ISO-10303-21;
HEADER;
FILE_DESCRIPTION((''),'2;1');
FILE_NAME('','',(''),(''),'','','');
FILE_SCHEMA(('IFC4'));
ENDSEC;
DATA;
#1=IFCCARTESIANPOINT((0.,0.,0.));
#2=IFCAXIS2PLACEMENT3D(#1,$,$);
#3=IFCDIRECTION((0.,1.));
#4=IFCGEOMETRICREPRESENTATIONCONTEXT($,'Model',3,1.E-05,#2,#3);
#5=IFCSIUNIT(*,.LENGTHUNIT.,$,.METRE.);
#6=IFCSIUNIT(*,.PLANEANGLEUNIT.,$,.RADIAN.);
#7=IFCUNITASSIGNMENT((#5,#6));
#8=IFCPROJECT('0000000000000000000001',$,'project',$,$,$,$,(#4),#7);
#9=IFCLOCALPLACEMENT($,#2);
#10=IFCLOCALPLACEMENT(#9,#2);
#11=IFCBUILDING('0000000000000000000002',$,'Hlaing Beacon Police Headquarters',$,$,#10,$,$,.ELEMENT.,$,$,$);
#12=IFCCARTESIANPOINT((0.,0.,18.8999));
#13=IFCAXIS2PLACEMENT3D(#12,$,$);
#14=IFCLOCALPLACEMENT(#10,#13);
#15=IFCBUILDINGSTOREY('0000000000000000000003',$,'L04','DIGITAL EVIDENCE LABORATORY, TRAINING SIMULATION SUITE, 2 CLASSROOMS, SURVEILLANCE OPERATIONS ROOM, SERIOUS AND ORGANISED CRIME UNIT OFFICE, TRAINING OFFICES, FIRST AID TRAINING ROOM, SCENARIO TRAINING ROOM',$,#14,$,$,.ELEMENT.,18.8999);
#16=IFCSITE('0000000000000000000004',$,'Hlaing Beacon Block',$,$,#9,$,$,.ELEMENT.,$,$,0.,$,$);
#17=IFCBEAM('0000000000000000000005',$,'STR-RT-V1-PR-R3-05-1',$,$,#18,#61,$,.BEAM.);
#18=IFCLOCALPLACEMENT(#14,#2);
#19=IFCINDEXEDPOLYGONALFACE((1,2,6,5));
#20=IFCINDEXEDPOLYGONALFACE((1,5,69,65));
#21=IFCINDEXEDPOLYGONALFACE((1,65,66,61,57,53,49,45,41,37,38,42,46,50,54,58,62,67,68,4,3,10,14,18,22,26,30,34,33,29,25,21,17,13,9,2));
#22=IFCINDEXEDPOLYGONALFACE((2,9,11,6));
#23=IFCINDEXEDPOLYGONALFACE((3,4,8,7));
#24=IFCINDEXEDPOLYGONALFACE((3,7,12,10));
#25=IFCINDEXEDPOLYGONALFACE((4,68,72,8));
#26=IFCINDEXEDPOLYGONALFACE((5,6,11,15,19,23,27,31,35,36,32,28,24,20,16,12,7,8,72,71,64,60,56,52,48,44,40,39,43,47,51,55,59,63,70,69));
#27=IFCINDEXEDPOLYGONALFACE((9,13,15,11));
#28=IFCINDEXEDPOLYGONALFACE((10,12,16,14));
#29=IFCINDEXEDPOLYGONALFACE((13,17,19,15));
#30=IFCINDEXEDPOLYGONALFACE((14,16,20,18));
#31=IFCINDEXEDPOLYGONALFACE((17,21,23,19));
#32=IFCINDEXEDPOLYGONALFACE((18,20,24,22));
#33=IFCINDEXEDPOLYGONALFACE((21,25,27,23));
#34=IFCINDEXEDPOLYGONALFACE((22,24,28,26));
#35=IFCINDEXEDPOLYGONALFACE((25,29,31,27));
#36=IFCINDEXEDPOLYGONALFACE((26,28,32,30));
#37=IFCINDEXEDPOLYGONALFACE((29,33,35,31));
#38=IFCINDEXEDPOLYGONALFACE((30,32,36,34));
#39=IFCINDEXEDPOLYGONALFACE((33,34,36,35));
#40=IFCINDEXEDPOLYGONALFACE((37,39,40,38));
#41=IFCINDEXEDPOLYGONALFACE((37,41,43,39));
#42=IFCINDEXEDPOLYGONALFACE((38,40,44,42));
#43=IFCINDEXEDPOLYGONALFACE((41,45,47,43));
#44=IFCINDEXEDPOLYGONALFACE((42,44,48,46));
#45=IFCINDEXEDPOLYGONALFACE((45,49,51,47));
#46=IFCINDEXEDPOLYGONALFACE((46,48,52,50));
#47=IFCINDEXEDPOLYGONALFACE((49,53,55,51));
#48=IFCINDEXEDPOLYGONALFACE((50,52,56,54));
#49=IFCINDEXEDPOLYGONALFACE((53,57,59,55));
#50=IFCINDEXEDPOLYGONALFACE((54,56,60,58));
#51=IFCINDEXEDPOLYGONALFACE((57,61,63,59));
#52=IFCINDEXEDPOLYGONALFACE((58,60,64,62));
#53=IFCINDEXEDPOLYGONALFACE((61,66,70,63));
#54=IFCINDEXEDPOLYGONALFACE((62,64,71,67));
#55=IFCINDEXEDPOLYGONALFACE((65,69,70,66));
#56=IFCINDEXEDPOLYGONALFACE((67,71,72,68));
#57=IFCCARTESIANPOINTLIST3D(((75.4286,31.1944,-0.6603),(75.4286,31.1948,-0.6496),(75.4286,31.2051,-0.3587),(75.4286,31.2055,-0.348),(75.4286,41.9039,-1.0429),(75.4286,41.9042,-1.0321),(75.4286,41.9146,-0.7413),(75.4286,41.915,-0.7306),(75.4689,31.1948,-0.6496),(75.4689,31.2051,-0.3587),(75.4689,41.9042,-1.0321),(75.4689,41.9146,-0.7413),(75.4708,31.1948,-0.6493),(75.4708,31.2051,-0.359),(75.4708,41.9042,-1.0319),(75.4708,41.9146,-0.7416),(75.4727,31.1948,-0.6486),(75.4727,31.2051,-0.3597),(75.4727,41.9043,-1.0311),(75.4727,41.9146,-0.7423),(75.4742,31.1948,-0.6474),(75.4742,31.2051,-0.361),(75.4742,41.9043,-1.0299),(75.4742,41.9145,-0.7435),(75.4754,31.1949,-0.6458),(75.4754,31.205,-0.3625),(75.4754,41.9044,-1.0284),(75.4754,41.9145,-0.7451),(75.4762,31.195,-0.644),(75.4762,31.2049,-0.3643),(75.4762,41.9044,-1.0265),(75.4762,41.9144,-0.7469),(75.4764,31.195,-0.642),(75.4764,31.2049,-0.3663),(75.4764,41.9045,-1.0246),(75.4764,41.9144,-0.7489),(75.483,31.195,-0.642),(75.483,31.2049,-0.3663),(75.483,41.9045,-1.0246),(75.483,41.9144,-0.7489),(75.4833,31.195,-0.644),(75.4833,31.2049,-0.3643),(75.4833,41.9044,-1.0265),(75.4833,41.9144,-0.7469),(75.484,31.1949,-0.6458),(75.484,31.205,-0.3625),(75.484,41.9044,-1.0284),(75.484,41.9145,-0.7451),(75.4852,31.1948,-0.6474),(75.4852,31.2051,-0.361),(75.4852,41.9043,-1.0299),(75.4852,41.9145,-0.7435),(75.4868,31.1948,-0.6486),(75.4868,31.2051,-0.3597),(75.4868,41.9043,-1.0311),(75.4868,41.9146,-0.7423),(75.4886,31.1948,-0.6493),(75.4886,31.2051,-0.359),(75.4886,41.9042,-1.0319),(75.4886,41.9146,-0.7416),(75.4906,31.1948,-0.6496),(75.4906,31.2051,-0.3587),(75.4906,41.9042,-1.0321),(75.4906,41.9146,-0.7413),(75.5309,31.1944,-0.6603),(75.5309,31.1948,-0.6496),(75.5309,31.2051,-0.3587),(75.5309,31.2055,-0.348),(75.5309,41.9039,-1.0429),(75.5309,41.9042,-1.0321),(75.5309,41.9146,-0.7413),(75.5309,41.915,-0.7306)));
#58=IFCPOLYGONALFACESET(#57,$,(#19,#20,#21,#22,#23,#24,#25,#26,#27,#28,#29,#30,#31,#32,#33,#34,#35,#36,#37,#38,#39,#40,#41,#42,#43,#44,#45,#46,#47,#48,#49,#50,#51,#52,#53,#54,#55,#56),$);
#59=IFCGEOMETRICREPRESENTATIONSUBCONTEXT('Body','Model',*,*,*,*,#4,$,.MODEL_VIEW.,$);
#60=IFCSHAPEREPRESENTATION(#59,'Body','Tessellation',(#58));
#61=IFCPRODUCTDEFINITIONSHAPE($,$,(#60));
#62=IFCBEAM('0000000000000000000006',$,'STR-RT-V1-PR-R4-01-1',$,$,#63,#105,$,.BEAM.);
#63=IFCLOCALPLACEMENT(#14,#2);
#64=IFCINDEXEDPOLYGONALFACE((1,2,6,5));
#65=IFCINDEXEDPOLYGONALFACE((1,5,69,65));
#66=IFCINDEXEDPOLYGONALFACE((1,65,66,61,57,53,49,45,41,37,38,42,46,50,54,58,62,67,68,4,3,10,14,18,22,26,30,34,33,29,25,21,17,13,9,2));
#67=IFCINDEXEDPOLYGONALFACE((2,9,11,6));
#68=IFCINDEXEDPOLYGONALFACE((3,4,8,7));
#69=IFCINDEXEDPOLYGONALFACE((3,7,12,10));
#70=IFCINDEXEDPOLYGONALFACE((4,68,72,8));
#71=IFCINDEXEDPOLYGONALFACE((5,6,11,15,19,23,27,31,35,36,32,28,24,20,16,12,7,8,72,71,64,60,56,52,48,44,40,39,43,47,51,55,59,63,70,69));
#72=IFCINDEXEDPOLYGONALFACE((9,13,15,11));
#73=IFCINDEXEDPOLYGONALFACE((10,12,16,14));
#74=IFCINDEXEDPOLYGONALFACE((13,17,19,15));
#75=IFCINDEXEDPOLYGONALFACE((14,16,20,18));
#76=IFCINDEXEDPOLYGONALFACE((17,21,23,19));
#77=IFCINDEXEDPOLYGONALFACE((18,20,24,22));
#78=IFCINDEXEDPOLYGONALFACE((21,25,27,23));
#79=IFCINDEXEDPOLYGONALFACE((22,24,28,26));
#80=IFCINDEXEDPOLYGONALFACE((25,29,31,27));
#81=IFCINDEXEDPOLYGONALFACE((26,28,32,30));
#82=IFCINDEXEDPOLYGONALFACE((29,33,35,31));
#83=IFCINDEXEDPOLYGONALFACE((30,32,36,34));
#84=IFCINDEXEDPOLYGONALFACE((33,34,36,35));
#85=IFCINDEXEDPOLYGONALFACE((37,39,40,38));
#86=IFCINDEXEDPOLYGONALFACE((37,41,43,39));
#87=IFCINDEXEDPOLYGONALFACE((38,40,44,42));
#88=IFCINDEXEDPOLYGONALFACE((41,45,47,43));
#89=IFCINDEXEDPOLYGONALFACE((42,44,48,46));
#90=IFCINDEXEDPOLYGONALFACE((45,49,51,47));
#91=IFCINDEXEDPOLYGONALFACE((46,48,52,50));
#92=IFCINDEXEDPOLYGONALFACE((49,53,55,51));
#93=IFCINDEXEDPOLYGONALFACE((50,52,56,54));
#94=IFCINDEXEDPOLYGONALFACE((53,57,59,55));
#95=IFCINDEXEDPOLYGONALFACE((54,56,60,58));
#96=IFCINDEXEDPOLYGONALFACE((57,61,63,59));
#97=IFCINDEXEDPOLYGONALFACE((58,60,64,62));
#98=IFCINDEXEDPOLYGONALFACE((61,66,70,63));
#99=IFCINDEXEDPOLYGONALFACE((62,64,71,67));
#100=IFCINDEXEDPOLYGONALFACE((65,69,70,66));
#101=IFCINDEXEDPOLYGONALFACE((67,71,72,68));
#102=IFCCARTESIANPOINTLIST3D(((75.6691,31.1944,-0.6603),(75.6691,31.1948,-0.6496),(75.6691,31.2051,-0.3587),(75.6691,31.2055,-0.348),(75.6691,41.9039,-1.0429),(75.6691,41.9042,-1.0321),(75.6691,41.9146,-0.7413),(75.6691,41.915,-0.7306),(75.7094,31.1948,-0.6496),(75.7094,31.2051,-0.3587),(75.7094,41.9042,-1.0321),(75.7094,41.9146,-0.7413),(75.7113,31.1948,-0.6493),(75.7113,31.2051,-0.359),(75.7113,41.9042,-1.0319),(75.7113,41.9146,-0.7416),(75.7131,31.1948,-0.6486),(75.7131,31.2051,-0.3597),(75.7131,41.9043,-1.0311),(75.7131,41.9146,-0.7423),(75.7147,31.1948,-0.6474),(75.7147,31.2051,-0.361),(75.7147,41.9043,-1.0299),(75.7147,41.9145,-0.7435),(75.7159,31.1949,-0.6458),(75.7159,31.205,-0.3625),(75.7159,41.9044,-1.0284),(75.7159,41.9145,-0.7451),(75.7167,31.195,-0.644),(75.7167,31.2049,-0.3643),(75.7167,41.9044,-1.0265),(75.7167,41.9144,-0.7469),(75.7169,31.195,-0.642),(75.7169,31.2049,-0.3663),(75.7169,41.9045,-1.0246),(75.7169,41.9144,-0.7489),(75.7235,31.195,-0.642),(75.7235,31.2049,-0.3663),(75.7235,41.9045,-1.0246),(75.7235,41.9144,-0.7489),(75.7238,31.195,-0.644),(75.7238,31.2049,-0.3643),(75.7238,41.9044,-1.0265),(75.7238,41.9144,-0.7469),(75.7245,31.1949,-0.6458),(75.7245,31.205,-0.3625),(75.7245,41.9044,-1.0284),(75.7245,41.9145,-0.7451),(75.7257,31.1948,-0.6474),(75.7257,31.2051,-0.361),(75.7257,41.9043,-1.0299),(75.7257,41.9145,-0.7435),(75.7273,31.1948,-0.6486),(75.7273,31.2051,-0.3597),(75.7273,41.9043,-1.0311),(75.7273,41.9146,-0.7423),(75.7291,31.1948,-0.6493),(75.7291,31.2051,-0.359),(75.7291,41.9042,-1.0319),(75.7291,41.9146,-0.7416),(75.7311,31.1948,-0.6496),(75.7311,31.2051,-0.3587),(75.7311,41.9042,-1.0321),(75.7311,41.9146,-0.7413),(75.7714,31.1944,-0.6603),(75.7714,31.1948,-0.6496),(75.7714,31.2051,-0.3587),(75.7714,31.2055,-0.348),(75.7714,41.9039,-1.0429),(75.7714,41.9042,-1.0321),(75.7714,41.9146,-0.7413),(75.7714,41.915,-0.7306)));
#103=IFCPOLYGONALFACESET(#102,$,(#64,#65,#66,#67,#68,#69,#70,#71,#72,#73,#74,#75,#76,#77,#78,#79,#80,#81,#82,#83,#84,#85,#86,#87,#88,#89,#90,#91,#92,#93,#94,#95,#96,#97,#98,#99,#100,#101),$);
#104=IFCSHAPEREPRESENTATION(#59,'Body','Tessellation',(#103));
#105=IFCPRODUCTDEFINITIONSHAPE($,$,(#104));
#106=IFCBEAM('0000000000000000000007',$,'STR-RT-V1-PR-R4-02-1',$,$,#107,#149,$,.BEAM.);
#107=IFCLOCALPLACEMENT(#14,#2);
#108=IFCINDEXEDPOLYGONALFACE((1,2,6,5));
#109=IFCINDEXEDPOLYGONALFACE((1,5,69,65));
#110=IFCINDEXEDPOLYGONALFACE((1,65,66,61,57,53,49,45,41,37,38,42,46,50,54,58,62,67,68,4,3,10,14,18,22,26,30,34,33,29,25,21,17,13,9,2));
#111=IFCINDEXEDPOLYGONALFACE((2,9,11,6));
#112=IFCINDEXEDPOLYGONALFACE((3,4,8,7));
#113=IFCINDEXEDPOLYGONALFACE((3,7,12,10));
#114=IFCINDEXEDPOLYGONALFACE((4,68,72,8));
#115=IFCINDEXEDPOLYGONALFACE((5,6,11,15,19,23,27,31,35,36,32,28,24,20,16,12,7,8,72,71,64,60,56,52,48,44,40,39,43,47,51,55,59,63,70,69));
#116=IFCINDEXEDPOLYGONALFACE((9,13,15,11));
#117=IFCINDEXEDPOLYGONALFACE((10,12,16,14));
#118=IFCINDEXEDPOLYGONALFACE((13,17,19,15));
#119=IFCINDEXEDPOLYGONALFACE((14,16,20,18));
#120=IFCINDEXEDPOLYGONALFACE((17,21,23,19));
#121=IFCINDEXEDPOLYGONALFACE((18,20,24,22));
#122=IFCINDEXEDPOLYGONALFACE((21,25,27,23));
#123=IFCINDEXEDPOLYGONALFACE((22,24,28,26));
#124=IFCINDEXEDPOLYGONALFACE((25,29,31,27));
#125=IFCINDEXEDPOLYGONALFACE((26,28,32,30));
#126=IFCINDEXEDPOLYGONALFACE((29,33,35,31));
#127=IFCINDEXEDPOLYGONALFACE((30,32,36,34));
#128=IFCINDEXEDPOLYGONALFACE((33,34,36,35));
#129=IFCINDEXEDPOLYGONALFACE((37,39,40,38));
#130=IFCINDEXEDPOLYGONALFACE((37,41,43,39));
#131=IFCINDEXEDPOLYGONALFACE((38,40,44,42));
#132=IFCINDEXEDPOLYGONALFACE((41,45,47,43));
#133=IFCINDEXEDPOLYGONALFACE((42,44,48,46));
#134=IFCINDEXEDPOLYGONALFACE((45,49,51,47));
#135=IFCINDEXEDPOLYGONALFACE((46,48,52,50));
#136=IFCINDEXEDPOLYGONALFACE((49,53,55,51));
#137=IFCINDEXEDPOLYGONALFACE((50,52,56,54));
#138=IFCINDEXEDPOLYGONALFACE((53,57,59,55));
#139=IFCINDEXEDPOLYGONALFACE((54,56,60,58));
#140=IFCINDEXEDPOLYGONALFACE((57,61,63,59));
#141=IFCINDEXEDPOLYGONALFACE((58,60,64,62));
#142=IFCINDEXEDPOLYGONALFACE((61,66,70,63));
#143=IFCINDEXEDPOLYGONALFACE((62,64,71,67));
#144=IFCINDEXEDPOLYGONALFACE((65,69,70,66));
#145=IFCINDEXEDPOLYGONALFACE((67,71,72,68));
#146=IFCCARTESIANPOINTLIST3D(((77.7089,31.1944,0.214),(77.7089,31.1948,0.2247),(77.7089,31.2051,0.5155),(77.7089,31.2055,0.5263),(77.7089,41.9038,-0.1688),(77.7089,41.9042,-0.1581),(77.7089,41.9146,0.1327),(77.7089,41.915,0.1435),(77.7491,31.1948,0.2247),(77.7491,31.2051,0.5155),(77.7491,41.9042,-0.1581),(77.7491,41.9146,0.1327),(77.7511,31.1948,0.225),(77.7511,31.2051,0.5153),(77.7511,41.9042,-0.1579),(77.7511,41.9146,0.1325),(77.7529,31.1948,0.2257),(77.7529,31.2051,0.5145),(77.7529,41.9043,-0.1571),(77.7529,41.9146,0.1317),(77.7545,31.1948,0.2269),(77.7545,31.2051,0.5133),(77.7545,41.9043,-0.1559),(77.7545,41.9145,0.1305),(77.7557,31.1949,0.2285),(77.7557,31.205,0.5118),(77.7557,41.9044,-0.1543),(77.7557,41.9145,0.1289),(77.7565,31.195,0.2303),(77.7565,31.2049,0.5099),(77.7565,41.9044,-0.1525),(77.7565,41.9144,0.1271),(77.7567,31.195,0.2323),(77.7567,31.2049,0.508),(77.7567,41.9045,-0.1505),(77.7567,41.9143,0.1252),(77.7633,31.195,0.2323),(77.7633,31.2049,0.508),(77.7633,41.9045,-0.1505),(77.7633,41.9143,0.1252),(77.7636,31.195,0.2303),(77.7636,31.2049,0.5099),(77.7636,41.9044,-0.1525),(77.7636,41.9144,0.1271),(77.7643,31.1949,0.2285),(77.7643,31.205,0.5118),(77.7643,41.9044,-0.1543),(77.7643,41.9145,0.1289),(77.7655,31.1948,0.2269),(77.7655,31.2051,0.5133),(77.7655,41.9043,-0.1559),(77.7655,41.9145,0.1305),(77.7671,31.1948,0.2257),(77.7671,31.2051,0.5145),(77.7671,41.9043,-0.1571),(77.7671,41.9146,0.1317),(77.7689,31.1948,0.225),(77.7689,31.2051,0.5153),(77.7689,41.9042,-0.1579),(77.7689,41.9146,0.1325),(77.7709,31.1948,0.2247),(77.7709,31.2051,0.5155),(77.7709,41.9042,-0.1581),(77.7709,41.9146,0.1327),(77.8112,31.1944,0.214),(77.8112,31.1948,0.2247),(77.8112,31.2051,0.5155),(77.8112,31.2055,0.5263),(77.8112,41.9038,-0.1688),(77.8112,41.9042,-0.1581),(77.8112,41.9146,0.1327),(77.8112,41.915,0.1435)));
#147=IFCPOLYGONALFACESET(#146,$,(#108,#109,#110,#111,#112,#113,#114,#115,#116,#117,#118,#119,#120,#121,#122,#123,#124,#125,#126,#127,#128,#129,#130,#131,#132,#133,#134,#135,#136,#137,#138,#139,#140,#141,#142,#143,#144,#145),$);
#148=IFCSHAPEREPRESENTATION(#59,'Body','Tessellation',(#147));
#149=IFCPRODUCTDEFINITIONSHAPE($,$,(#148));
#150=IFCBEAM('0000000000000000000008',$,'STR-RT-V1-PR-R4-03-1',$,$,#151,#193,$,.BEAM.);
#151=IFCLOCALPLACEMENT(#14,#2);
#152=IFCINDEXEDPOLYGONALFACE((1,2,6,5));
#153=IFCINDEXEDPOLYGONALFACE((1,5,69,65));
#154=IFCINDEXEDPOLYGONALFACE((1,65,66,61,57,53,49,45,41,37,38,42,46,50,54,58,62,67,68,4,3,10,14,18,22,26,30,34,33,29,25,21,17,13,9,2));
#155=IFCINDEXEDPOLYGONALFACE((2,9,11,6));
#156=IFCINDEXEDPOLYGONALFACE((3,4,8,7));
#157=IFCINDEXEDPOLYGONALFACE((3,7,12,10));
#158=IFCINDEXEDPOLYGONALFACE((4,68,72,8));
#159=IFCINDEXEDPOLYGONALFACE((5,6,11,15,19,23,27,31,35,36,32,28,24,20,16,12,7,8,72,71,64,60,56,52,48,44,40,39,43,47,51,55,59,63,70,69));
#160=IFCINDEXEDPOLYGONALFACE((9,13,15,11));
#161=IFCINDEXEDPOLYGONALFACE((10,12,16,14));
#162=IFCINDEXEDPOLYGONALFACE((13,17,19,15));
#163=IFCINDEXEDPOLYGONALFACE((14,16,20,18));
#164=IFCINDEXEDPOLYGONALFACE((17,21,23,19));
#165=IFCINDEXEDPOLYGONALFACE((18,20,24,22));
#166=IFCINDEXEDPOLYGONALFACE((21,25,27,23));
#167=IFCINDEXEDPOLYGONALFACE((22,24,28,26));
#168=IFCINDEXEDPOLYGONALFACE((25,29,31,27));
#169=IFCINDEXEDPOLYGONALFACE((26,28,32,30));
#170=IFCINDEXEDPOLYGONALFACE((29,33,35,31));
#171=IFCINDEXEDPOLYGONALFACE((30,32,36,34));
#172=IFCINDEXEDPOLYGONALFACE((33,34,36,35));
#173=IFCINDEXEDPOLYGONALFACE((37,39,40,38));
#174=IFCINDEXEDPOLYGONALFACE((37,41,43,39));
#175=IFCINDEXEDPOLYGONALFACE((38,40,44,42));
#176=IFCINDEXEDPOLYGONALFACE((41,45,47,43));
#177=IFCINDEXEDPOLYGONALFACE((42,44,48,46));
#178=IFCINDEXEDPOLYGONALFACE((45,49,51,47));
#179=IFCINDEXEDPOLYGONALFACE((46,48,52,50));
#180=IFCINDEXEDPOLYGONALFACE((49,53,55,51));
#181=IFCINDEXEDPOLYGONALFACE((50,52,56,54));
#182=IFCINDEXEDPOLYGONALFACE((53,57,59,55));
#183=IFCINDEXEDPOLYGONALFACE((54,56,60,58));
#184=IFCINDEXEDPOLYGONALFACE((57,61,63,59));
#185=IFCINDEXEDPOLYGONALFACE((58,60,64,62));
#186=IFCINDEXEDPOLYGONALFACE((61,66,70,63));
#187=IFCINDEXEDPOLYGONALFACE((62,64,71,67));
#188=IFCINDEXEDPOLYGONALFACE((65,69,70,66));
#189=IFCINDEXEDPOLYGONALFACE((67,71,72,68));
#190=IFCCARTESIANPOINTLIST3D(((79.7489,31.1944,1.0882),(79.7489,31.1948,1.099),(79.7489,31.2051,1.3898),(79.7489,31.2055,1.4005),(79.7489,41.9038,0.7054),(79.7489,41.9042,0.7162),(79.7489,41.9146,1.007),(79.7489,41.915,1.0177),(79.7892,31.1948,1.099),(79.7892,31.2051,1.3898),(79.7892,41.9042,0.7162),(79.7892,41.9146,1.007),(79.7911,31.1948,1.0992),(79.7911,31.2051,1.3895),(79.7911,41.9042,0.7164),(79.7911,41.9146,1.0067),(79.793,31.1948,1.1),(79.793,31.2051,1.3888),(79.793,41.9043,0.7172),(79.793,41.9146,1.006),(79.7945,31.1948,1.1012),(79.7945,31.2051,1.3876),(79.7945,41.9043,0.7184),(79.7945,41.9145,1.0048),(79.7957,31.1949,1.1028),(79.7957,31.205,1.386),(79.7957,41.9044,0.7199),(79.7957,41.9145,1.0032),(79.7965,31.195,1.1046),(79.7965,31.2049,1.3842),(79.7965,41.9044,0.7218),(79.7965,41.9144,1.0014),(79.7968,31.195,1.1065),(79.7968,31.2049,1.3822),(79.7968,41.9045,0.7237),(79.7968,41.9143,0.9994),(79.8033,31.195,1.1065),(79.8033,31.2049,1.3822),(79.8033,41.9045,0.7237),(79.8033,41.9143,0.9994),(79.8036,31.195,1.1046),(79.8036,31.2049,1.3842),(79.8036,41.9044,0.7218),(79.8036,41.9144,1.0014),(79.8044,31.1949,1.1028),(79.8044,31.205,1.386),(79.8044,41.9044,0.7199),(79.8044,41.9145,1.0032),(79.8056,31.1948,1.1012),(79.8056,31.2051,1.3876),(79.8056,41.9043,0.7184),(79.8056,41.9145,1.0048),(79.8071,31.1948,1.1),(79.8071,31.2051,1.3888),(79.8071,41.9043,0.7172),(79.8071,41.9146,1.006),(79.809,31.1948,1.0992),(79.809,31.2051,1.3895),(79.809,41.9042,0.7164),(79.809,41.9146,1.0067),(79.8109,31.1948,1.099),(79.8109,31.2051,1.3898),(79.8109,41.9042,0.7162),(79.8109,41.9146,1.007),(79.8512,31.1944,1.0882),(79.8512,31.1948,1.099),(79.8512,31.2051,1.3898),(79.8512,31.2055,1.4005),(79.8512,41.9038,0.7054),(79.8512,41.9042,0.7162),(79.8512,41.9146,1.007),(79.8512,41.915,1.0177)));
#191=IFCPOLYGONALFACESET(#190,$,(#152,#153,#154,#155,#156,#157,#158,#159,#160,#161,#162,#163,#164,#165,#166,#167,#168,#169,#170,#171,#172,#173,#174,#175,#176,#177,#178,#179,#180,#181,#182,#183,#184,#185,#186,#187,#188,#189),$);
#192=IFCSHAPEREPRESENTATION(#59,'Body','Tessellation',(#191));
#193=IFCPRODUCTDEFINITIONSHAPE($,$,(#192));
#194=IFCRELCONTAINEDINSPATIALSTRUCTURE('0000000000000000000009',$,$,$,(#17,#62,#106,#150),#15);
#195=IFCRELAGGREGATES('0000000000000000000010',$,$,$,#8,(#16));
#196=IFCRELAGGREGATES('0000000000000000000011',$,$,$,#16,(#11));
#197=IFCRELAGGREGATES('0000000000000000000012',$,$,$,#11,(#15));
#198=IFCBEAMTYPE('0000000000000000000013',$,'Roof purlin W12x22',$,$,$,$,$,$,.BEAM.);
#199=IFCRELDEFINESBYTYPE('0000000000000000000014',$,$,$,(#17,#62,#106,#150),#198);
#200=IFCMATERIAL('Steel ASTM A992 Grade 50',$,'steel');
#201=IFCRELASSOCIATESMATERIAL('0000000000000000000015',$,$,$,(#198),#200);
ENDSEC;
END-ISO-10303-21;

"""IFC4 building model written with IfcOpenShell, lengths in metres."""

from ifc_helpers import new_model, si_unit, direction, frame, origin, origin_2d, place, context, subcontext, project, spatial, i_section, extrude, material, material_profile, profile_set, type_object, element, save


model = new_model("IFC4")

# Units and contexts
model_context = context("Model", 3, precision=1e-05, world=origin(), true_north=direction((0.0, 1.0)))
body_context = subcontext(model_context, "Body", "Model", "MODEL_VIEW")
ifc_project = project(units=[si_unit("LENGTHUNIT", "METRE"), si_unit("PLANEANGLEUNIT", "RADIAN")], contexts=[model_context])

# Site, building, storey
site_placement = place(None, origin())
site = spatial("IfcSite", under=ifc_project, at=site_placement, Name="Hlaing Beacon Block", CompositionType="ELEMENT", RefElevation=0.0)
building_placement = place(site_placement, origin())
building = spatial("IfcBuilding", under=site, at=building_placement, Name="Hlaing Beacon Police Headquarters", CompositionType="ELEMENT")
storey_placement = place(building_placement, frame((0.0, 0.0, 18.8999)))
storey = spatial("IfcBuildingStorey", under=building, at=storey_placement, Name="L04", Description="DIGITAL EVIDENCE LABORATORY, TRAINING SIMULATION SUITE, 2 CLASSROOMS, SURVEILLANCE OPERATIONS ROOM, SERIOUS AND ORGANISED CRIME UNIT OFFICE, TRAINING OFFICES, FIRST AID TRAINING ROOM, SCENARIO TRAINING ROOM", CompositionType="ELEMENT", Elevation=18.8999)

# Beams
ifc_material_1 = material(Name="Steel ASTM A992 Grade 50", Category="steel")
ifc_material_profile_1 = material_profile(ifc_material_1, i_section(OverallWidth=0.1023, OverallDepth=0.3125, WebThickness=0.0066, FlangeThickness=0.0107, FilletRadius=0.0076, at=origin_2d()), Name="W12x22")
ifc_profile_set_1 = profile_set([ifc_material_profile_1], Name="Steel ASTM A992 Grade 50")
beam_type_1 = type_object("IfcBeamType", Name="Roof purlin W12x22", PredefinedType="BEAM", material=ifc_profile_set_1)
for number, where, z_axis, x_axis, name in (
    (1, (75.4797, 31.2, -0.5042), (0.0, 0.999363, -0.0357), (-1.0, 0.0, 0.0), "STR-RT-V1-PR-R3-05-1"),
    (2, (75.7202, 31.2, -0.5042), (0.0, 0.999363, -0.0357), (-1.0, 0.0, 0.0), "STR-RT-V1-PR-R4-01-1"),
    (3, (77.76, 31.2, 0.3701), (0.0, 0.999362, -0.035722), (-1.0, 0.0, 0.0), "STR-RT-V1-PR-R4-02-1"),
    (4, (79.8, 31.2, 1.2444), (0.0, 0.999362, -0.035722), (-1.0, 0.0, 0.0), "STR-RT-V1-PR-R4-03-1"),
):
    element("IfcBeam", number, at=place(storey_placement, frame(where, z_axis=z_axis, x_axis=x_axis)), inside=storey, type_object=beam_type_1, Name=name, PredefinedType="BEAM", context=body_context, shape_type="SweptSolid", body=[
        extrude(i_section(OverallWidth=0.1023, OverallDepth=0.3125, WebThickness=0.0066, FlangeThickness=0.0107, FilletRadius=0.0076, at=origin_2d()), origin(), (0.0, 0.0, 1.0), 10.7163),
    ])

save(model, "model.ifc")
